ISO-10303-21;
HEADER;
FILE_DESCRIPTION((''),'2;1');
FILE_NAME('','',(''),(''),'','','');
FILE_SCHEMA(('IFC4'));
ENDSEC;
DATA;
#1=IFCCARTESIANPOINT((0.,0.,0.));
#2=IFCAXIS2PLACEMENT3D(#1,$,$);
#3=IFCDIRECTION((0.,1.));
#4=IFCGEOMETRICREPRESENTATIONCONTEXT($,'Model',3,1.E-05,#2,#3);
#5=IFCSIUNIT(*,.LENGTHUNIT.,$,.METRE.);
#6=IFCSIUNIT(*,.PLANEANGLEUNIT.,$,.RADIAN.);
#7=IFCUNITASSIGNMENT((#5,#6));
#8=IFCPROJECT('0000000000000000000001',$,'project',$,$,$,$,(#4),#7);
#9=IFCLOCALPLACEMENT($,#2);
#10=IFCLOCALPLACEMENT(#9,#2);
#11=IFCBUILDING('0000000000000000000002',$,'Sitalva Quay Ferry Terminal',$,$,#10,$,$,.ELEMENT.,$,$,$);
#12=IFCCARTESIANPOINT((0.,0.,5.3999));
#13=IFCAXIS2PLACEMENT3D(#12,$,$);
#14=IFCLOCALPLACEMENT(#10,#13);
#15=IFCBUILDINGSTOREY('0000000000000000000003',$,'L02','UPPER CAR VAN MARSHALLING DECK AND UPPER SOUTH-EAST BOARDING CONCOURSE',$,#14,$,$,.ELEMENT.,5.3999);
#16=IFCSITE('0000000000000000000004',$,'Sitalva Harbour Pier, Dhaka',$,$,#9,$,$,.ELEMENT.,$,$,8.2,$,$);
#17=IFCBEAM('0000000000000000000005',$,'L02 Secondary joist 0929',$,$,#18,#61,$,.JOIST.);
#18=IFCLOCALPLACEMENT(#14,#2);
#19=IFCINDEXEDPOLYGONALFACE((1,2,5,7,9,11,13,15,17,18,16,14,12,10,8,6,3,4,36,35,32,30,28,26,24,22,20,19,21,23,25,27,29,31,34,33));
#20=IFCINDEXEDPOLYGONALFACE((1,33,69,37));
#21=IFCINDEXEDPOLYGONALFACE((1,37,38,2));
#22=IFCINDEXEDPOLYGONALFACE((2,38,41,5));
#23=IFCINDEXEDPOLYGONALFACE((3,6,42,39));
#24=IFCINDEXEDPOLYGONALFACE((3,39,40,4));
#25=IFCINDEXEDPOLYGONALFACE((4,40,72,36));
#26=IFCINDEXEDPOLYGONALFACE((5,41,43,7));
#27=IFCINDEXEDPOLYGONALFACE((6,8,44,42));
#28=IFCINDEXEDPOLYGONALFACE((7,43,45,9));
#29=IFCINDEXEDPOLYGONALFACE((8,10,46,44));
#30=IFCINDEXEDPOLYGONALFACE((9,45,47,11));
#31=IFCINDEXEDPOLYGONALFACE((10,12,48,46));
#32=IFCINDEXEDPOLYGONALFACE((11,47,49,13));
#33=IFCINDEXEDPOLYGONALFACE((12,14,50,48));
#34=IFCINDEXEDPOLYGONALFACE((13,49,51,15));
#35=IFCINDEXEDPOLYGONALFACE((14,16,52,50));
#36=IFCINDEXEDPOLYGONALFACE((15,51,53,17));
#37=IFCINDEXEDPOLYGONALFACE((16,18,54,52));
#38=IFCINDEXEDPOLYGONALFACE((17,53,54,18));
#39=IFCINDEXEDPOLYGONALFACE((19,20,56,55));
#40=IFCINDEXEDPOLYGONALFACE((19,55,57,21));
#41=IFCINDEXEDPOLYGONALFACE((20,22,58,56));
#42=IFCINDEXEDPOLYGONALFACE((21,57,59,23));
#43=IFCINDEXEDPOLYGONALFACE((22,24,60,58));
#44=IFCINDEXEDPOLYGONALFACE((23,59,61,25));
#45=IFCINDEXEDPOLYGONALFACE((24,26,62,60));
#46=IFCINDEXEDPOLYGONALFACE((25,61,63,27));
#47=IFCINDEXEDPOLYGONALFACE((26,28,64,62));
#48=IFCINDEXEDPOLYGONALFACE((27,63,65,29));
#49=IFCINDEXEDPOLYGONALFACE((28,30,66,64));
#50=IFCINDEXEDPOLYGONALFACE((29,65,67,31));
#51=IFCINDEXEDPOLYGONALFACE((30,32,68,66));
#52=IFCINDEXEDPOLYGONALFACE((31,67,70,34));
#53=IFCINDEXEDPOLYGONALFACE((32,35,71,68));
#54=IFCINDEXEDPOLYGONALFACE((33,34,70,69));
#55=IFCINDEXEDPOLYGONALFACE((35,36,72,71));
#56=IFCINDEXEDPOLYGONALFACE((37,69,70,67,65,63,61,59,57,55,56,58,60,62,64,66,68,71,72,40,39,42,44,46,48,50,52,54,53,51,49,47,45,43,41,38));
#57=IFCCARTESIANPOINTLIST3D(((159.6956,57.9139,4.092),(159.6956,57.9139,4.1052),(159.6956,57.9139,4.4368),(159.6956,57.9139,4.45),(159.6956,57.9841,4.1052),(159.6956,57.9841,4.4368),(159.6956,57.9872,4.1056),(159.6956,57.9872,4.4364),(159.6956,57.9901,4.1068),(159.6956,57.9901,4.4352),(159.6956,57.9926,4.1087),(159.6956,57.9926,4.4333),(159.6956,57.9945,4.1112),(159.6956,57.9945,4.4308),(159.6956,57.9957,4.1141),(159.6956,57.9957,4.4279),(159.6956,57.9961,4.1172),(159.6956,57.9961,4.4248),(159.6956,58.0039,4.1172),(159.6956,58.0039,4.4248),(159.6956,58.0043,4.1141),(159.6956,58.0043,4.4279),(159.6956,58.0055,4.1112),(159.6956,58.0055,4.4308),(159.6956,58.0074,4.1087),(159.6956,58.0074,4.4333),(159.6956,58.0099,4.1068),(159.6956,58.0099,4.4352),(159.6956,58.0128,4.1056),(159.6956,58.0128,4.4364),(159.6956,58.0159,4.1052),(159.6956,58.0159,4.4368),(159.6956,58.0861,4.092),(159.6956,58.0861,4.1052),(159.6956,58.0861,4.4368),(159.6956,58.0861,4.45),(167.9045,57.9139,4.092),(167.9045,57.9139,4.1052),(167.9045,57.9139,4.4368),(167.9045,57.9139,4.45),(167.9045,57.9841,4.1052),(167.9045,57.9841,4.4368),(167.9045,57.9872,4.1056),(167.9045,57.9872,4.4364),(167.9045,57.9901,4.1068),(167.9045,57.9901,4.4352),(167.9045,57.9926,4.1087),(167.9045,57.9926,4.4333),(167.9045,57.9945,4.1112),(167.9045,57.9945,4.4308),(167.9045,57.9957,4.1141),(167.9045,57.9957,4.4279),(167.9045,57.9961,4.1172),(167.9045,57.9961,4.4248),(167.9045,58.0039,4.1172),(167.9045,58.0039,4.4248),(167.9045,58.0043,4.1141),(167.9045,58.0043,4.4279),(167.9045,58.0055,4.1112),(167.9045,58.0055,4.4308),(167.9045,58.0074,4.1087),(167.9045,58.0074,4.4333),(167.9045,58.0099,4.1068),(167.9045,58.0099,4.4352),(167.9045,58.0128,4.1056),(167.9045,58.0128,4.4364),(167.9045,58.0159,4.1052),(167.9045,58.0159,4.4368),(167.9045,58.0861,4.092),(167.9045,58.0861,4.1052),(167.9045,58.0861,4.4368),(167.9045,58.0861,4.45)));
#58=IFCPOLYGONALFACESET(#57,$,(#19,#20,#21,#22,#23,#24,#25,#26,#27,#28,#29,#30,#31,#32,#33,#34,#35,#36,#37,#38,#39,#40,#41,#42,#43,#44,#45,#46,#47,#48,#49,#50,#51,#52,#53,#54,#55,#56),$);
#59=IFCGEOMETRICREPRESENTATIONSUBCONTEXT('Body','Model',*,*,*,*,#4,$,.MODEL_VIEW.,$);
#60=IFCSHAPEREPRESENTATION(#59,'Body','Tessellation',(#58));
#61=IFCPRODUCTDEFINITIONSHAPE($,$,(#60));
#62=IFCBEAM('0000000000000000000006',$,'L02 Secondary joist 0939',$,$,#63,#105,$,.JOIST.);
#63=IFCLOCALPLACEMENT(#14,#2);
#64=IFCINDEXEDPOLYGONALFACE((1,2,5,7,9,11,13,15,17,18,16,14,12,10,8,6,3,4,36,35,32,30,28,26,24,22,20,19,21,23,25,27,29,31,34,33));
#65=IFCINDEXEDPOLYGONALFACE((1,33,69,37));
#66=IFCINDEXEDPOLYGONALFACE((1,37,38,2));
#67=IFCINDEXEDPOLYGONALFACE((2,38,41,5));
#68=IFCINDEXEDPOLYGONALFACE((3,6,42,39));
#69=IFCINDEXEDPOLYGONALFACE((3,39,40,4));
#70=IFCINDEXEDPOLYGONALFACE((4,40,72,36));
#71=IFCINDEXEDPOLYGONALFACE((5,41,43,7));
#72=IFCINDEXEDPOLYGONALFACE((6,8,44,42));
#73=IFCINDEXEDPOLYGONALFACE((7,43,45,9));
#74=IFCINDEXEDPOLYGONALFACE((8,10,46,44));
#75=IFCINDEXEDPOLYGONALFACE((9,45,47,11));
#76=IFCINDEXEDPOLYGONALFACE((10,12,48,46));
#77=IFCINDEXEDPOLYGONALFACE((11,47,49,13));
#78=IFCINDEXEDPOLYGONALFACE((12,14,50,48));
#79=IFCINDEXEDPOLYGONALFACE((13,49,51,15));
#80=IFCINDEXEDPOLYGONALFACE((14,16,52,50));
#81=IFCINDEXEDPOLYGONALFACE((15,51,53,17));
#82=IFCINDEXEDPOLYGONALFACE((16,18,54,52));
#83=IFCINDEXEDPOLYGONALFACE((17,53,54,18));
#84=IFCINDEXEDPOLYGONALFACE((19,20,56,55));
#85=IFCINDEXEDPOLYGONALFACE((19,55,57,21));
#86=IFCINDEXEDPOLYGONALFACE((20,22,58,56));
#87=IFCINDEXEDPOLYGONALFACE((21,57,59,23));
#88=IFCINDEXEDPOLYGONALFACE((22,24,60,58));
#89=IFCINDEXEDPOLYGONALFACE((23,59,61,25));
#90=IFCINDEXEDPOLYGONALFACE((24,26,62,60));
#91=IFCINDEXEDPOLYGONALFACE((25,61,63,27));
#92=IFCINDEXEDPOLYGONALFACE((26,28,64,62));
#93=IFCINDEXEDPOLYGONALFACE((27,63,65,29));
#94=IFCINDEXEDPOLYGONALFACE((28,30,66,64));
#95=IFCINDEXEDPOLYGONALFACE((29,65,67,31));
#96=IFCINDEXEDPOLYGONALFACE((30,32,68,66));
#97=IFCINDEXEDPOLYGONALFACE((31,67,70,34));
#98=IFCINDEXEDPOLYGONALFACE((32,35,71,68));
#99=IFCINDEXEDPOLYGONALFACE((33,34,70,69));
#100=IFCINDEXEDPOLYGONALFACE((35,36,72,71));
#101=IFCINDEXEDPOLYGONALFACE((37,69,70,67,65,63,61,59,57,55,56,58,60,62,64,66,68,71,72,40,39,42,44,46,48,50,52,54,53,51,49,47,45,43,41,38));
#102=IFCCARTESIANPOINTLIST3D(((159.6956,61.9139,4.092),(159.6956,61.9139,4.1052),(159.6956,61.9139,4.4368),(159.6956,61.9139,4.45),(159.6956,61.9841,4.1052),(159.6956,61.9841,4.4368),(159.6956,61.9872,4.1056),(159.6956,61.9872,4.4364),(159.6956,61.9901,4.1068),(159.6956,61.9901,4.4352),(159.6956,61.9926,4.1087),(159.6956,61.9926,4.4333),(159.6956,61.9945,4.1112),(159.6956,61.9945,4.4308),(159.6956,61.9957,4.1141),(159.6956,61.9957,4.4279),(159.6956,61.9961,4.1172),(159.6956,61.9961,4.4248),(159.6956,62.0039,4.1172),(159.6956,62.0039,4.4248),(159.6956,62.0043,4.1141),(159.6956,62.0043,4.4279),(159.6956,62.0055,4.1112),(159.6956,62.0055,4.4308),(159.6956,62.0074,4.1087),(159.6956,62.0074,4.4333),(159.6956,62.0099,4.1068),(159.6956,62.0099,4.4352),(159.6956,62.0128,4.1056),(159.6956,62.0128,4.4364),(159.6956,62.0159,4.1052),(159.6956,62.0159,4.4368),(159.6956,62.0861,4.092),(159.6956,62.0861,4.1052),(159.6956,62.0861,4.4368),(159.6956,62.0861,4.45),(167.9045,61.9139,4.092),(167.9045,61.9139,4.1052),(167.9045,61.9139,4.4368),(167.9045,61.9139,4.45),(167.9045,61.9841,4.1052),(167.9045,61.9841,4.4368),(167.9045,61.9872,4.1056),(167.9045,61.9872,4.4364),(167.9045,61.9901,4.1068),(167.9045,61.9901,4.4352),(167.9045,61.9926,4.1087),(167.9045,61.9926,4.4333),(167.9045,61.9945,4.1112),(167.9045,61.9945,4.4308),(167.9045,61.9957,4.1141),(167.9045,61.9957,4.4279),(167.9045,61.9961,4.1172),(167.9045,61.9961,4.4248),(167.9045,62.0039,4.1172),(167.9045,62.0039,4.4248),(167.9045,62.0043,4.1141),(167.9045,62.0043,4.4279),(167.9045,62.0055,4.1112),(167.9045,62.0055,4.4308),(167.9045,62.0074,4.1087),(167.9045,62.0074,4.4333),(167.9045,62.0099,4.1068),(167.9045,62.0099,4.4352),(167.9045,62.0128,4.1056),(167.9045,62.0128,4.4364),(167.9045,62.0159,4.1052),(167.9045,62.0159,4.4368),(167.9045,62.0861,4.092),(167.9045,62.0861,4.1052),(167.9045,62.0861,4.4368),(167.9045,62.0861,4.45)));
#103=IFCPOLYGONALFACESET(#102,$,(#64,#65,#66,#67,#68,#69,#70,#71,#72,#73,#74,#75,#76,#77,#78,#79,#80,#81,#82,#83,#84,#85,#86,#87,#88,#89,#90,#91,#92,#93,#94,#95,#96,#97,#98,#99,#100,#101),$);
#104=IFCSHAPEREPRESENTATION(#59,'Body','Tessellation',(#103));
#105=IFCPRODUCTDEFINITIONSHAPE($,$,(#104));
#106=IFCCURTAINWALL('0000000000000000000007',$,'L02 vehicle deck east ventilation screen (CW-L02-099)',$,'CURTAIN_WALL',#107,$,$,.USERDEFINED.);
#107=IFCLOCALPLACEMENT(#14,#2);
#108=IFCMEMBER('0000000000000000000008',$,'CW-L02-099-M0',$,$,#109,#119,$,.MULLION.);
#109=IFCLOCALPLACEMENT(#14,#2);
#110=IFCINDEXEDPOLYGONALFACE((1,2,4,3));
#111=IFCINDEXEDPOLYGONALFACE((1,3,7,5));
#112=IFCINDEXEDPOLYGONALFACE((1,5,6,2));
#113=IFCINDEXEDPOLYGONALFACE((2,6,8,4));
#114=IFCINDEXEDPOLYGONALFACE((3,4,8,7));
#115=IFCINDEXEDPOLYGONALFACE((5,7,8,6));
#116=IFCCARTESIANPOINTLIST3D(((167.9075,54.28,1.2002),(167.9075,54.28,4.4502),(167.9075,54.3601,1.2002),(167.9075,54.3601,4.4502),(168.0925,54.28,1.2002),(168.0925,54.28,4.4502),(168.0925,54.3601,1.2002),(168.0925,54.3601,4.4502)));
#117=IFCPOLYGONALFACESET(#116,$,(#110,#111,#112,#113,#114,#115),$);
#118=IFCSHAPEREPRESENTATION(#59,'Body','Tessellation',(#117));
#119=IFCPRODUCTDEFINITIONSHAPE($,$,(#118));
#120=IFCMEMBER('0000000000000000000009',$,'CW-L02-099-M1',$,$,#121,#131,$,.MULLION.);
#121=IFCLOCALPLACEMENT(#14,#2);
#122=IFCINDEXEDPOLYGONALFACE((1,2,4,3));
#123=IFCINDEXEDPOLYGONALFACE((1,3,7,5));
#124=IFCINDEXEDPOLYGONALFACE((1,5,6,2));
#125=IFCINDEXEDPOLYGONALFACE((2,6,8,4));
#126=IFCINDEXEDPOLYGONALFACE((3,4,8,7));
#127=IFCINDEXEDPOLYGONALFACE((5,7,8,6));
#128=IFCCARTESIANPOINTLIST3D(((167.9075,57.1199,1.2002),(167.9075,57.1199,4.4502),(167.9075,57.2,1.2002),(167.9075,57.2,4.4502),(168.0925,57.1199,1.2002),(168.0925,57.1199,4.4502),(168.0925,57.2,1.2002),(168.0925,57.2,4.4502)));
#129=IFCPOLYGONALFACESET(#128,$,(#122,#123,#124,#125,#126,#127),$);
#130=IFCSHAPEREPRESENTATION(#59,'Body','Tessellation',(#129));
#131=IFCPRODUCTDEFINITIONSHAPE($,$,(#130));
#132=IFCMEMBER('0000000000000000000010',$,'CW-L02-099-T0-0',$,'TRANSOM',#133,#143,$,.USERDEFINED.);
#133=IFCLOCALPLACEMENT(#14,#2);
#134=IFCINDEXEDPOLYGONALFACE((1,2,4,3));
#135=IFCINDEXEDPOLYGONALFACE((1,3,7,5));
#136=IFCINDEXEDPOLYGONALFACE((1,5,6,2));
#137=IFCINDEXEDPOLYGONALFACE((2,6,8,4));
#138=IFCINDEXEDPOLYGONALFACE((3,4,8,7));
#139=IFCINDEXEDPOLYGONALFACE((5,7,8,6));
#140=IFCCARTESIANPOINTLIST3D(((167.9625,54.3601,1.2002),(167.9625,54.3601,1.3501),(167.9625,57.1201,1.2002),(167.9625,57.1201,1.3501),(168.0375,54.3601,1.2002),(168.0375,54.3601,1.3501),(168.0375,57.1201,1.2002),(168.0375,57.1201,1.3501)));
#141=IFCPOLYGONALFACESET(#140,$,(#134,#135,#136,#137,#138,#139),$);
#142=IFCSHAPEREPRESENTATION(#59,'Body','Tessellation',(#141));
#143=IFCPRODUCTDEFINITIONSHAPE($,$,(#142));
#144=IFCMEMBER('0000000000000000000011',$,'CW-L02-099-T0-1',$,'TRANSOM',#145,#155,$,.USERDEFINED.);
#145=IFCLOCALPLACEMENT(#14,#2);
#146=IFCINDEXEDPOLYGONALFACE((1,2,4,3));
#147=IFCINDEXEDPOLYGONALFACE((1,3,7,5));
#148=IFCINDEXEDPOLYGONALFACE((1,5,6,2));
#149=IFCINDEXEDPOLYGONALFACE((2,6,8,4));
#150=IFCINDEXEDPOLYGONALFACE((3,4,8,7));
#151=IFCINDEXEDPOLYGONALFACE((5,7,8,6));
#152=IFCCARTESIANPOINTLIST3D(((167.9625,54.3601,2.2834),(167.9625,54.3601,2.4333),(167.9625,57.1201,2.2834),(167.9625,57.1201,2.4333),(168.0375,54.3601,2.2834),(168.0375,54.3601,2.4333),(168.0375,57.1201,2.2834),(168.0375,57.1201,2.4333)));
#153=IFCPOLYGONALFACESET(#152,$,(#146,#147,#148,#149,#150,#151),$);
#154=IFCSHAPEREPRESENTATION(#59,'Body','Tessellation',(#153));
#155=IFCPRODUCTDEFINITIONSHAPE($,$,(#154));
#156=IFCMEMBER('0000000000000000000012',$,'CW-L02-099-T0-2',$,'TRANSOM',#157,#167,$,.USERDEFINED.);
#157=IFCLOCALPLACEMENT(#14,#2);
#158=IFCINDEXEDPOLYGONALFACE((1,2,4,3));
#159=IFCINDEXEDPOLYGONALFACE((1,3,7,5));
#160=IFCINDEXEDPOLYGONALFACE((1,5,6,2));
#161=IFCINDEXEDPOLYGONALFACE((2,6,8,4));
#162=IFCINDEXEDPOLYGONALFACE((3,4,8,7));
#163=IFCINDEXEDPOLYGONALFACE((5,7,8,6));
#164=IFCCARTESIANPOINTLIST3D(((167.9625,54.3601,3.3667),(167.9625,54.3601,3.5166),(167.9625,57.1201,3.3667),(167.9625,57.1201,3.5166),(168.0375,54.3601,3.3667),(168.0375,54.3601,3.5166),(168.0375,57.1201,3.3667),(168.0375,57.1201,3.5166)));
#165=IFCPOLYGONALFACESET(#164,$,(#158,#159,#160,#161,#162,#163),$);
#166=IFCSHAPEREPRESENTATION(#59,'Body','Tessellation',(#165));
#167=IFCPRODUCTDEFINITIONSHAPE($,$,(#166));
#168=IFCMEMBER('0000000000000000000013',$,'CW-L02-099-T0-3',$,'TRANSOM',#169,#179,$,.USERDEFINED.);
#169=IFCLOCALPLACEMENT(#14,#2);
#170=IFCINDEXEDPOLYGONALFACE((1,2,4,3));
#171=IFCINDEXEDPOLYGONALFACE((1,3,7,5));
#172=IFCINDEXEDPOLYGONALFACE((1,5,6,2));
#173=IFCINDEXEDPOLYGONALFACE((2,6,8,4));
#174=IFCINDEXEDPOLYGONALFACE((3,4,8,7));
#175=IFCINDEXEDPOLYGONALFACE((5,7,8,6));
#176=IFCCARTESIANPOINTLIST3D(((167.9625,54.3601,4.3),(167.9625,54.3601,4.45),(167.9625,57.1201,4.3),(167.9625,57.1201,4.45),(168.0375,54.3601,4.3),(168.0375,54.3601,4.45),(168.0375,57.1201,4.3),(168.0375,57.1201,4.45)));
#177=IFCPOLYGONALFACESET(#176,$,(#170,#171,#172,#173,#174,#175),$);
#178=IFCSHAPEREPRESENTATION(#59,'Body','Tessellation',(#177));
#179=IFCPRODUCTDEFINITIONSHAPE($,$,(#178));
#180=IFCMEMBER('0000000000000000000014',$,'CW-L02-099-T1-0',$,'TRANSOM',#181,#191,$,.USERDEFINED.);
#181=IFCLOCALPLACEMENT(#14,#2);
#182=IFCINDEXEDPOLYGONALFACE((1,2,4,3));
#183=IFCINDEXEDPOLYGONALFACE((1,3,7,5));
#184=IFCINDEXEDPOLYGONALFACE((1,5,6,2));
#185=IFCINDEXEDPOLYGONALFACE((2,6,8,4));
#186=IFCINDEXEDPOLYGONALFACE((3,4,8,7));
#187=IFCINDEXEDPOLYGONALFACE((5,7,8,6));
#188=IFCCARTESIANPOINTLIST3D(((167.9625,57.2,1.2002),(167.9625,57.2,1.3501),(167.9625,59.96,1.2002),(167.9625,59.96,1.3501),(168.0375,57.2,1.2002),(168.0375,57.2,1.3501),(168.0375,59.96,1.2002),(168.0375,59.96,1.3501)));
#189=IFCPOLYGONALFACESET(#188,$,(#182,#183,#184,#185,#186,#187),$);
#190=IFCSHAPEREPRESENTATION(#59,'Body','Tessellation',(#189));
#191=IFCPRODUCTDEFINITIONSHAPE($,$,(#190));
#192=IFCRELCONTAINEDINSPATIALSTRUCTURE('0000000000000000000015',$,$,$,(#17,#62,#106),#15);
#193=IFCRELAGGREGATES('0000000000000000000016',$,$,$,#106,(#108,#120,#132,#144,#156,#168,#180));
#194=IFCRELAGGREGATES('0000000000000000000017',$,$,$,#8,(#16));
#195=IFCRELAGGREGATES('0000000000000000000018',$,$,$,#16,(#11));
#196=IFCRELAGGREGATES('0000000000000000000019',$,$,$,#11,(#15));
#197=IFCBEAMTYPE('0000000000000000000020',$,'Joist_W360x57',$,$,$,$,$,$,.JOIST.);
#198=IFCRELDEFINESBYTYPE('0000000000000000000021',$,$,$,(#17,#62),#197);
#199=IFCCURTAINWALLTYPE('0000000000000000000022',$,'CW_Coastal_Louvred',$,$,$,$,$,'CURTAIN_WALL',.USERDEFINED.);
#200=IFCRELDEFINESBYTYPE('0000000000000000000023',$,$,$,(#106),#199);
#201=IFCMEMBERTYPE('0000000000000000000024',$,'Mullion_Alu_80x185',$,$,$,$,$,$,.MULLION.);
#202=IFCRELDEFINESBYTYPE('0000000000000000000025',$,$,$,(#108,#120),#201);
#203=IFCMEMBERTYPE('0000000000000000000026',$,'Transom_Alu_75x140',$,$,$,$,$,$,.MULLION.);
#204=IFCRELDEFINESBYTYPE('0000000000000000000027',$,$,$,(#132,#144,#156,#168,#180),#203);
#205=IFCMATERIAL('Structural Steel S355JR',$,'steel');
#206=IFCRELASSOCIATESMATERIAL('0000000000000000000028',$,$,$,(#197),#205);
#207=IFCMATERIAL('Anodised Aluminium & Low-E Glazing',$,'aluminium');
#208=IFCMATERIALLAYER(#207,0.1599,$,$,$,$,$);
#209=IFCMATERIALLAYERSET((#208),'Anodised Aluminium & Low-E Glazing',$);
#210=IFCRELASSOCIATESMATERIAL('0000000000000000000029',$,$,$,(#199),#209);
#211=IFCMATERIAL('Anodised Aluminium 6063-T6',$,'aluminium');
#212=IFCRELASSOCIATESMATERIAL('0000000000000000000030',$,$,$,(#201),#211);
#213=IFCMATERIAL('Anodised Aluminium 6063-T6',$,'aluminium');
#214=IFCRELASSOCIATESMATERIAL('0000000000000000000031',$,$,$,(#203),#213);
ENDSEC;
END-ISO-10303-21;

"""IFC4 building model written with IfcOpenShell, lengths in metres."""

from ifc_helpers import new_model, si_unit, direction, frame, origin, origin_2d, place, context, subcontext, project, spatial, rectangle, i_section, extrude, material, layer, layer_set, material_profile, profile_set, type_object, element, aggregate, save


model = new_model("IFC4")

# Units and contexts
model_context = context("Model", 3, precision=1e-05, world=origin(), true_north=direction((0.0, 1.0)))
body_context = subcontext(model_context, "Body", "Model", "MODEL_VIEW")
ifc_project = project(units=[si_unit("LENGTHUNIT", "METRE"), si_unit("PLANEANGLEUNIT", "RADIAN")], contexts=[model_context])

# Site, building, storey
site_placement = place(None, origin())
site = spatial("IfcSite", under=ifc_project, at=site_placement, Name="Sitalva Harbour Pier, Dhaka", CompositionType="ELEMENT", RefElevation=8.2)
building_placement = place(site_placement, origin())
building = spatial("IfcBuilding", under=site, at=building_placement, Name="Sitalva Quay Ferry Terminal", CompositionType="ELEMENT")
storey_placement = place(building_placement, frame((0.0, 0.0, 5.3999)))
storey = spatial("IfcBuildingStorey", under=building, at=storey_placement, Name="L02", Description="UPPER CAR VAN MARSHALLING DECK AND UPPER SOUTH-EAST BOARDING CONCOURSE", CompositionType="ELEMENT", Elevation=5.3999)

# Beams
ifc_material_1 = material(Name="Structural Steel S355JR", Category="steel")
ifc_material_profile_1 = material_profile(ifc_material_1, i_section(OverallWidth=0.1721, OverallDepth=0.3579, WebThickness=0.0078, FlangeThickness=0.0132, FilletRadius=0.012, at=origin_2d()), Name="W360x57")
ifc_profile_set_1 = profile_set([ifc_material_profile_1], Name="Structural Steel S355JR")
beam_type_1 = type_object("IfcBeamType", Name="Joist_W360x57", PredefinedType="JOIST", material=ifc_profile_set_1)
for number, where, z_axis, x_axis, name in (
    (1, (159.6956, 58.0, 4.271), (1.0, 0.0, 0.0), (0.0, 1.0, 0.0), "L02 Secondary joist 0929"),
    (2, (159.6956, 62.0, 4.271), (1.0, 0.0, 0.0), (0.0, 1.0, 0.0), "L02 Secondary joist 0939"),
):
    element("IfcBeam", number, at=place(storey_placement, frame(where, z_axis=z_axis, x_axis=x_axis)), inside=storey, type_object=beam_type_1, Name=name, PredefinedType="JOIST", context=body_context, shape_type="SweptSolid", body=[
        extrude(i_section(OverallWidth=0.1721, OverallDepth=0.3579, WebThickness=0.0078, FlangeThickness=0.0132, FilletRadius=0.012, at=origin_2d()), origin(), (0.0, 0.0, 1.0), 8.209),
    ])

# Curtain wall, members
ifc_material_2 = material(Name="Anodised Aluminium & Low-E Glazing", Category="aluminium")
ifc_layer_1 = layer(ifc_material_2, 0.1599)
ifc_layer_set_1 = layer_set([ifc_layer_1], Name="Anodised Aluminium & Low-E Glazing")
curtain_wall_type = type_object("IfcCurtainWallType", Name="CW_Coastal_Louvred", ElementType="CURTAIN_WALL", PredefinedType="USERDEFINED", material=ifc_layer_set_1)
curtain_wall_placement = place(storey_placement, origin())
curtain_wall = element("IfcCurtainWall", 3, at=curtain_wall_placement, inside=storey, type_object=curtain_wall_type, Name="L02 vehicle deck east ventilation screen (CW-L02-099)", ObjectType="CURTAIN_WALL", PredefinedType="USERDEFINED")
ifc_material_3 = material(Name="Anodised Aluminium 6063-T6", Category="aluminium")
ifc_material_profile_2 = material_profile(ifc_material_3, rectangle(XDim=0.0801, YDim=0.1851, at=origin_2d()), Name="ALU80x185")
ifc_profile_set_2 = profile_set([ifc_material_profile_2], Name="Anodised Aluminium 6063-T6")
member_type_1 = type_object("IfcMemberType", Name="Mullion_Alu_80x185", PredefinedType="MULLION", material=ifc_profile_set_2)
member_1_placement = place(storey_placement, frame((168.0, 54.3201, 1.2002), z_axis=(0.0, 0.0, 1.0), x_axis=(0.0, 1.0, 0.0)))
member_1 = element("IfcMember", 4, at=member_1_placement, type_object=member_type_1, Name="CW-L02-099-M0", PredefinedType="MULLION", context=body_context, shape_type="SweptSolid", body=[
    extrude(rectangle(XDim=0.0801, YDim=0.1851, at=origin_2d()), origin(), (0.0, 0.0, 1.0), 3.25),
])
member_2_placement = place(storey_placement, frame((168.0, 57.1599, 1.2002), z_axis=(0.0, 0.0, 1.0), x_axis=(0.0, 1.0, 0.0)))
member_2 = element("IfcMember", 5, at=member_2_placement, type_object=member_type_1, Name="CW-L02-099-M1", PredefinedType="MULLION", context=body_context, shape_type="SweptSolid", body=[
    extrude(rectangle(XDim=0.0801, YDim=0.1851, at=origin_2d()), origin(), (0.0, 0.0, 1.0), 3.25),
])
ifc_material_4 = material(Name="Anodised Aluminium 6063-T6", Category="aluminium")
ifc_material_profile_3 = material_profile(ifc_material_4, rectangle(XDim=0.075, YDim=0.1499, at=origin_2d()), Name="ALU75x150")
ifc_profile_set_3 = profile_set([ifc_material_profile_3], Name="Anodised Aluminium 6063-T6")
member_type_2 = type_object("IfcMemberType", Name="Transom_Alu_75x140", PredefinedType="MULLION", material=ifc_profile_set_3)
member_3_placement = place(storey_placement, frame((168.0, 54.3601, 1.2751), z_axis=(0.0, 1.0, 0.0), x_axis=(-1.0, 0.0, 0.0)))
member_3 = element("IfcMember", 6, at=member_3_placement, type_object=member_type_2, Name="CW-L02-099-T0-0", ObjectType="TRANSOM", PredefinedType="USERDEFINED", context=body_context, shape_type="SweptSolid", body=[
    extrude(rectangle(XDim=0.075, YDim=0.1499, at=origin_2d()), origin(), (0.0, 0.0, 1.0), 2.76),
])
member_4_placement = place(storey_placement, frame((168.0, 54.3601, 2.3584), z_axis=(0.0, 1.0, 0.0), x_axis=(-1.0, 0.0, 0.0)))
member_4 = element("IfcMember", 7, at=member_4_placement, type_object=member_type_2, Name="CW-L02-099-T0-1", ObjectType="TRANSOM", PredefinedType="USERDEFINED", context=body_context, shape_type="SweptSolid", body=[
    extrude(rectangle(XDim=0.075, YDim=0.1499, at=origin_2d()), origin(), (0.0, 0.0, 1.0), 2.76),
])
member_5_placement = place(storey_placement, frame((168.0, 54.3601, 3.4417), z_axis=(0.0, 1.0, 0.0), x_axis=(-1.0, 0.0, 0.0)))
member_5 = element("IfcMember", 8, at=member_5_placement, type_object=member_type_2, Name="CW-L02-099-T0-2", ObjectType="TRANSOM", PredefinedType="USERDEFINED", context=body_context, shape_type="SweptSolid", body=[
    extrude(rectangle(XDim=0.075, YDim=0.1499, at=origin_2d()), origin(), (0.0, 0.0, 1.0), 2.76),
])
member_6_placement = place(storey_placement, frame((168.0, 54.3601, 4.375), z_axis=(0.0, 1.0, 0.0), x_axis=(-1.0, 0.0, 0.0)))
member_6 = element("IfcMember", 9, at=member_6_placement, type_object=member_type_2, Name="CW-L02-099-T0-3", ObjectType="TRANSOM", PredefinedType="USERDEFINED", context=body_context, shape_type="SweptSolid", body=[
    extrude(rectangle(XDim=0.075, YDim=0.1499, at=origin_2d()), origin(), (0.0, 0.0, 1.0), 2.76),
])
member_7_placement = place(storey_placement, frame((168.0, 57.2, 1.2751), z_axis=(0.0, 1.0, 0.0), x_axis=(-1.0, 0.0, 0.0)))
member_7 = element("IfcMember", 10, at=member_7_placement, type_object=member_type_2, Name="CW-L02-099-T1-0", ObjectType="TRANSOM", PredefinedType="USERDEFINED", context=body_context, shape_type="SweptSolid", body=[
    extrude(rectangle(XDim=0.075, YDim=0.1499, at=origin_2d()), origin(), (0.0, 0.0, 1.0), 2.76),
])
aggregate(curtain_wall, [member_1, member_2, member_3, member_4, member_5, member_6, member_7])

save(model, "model.ifc")
